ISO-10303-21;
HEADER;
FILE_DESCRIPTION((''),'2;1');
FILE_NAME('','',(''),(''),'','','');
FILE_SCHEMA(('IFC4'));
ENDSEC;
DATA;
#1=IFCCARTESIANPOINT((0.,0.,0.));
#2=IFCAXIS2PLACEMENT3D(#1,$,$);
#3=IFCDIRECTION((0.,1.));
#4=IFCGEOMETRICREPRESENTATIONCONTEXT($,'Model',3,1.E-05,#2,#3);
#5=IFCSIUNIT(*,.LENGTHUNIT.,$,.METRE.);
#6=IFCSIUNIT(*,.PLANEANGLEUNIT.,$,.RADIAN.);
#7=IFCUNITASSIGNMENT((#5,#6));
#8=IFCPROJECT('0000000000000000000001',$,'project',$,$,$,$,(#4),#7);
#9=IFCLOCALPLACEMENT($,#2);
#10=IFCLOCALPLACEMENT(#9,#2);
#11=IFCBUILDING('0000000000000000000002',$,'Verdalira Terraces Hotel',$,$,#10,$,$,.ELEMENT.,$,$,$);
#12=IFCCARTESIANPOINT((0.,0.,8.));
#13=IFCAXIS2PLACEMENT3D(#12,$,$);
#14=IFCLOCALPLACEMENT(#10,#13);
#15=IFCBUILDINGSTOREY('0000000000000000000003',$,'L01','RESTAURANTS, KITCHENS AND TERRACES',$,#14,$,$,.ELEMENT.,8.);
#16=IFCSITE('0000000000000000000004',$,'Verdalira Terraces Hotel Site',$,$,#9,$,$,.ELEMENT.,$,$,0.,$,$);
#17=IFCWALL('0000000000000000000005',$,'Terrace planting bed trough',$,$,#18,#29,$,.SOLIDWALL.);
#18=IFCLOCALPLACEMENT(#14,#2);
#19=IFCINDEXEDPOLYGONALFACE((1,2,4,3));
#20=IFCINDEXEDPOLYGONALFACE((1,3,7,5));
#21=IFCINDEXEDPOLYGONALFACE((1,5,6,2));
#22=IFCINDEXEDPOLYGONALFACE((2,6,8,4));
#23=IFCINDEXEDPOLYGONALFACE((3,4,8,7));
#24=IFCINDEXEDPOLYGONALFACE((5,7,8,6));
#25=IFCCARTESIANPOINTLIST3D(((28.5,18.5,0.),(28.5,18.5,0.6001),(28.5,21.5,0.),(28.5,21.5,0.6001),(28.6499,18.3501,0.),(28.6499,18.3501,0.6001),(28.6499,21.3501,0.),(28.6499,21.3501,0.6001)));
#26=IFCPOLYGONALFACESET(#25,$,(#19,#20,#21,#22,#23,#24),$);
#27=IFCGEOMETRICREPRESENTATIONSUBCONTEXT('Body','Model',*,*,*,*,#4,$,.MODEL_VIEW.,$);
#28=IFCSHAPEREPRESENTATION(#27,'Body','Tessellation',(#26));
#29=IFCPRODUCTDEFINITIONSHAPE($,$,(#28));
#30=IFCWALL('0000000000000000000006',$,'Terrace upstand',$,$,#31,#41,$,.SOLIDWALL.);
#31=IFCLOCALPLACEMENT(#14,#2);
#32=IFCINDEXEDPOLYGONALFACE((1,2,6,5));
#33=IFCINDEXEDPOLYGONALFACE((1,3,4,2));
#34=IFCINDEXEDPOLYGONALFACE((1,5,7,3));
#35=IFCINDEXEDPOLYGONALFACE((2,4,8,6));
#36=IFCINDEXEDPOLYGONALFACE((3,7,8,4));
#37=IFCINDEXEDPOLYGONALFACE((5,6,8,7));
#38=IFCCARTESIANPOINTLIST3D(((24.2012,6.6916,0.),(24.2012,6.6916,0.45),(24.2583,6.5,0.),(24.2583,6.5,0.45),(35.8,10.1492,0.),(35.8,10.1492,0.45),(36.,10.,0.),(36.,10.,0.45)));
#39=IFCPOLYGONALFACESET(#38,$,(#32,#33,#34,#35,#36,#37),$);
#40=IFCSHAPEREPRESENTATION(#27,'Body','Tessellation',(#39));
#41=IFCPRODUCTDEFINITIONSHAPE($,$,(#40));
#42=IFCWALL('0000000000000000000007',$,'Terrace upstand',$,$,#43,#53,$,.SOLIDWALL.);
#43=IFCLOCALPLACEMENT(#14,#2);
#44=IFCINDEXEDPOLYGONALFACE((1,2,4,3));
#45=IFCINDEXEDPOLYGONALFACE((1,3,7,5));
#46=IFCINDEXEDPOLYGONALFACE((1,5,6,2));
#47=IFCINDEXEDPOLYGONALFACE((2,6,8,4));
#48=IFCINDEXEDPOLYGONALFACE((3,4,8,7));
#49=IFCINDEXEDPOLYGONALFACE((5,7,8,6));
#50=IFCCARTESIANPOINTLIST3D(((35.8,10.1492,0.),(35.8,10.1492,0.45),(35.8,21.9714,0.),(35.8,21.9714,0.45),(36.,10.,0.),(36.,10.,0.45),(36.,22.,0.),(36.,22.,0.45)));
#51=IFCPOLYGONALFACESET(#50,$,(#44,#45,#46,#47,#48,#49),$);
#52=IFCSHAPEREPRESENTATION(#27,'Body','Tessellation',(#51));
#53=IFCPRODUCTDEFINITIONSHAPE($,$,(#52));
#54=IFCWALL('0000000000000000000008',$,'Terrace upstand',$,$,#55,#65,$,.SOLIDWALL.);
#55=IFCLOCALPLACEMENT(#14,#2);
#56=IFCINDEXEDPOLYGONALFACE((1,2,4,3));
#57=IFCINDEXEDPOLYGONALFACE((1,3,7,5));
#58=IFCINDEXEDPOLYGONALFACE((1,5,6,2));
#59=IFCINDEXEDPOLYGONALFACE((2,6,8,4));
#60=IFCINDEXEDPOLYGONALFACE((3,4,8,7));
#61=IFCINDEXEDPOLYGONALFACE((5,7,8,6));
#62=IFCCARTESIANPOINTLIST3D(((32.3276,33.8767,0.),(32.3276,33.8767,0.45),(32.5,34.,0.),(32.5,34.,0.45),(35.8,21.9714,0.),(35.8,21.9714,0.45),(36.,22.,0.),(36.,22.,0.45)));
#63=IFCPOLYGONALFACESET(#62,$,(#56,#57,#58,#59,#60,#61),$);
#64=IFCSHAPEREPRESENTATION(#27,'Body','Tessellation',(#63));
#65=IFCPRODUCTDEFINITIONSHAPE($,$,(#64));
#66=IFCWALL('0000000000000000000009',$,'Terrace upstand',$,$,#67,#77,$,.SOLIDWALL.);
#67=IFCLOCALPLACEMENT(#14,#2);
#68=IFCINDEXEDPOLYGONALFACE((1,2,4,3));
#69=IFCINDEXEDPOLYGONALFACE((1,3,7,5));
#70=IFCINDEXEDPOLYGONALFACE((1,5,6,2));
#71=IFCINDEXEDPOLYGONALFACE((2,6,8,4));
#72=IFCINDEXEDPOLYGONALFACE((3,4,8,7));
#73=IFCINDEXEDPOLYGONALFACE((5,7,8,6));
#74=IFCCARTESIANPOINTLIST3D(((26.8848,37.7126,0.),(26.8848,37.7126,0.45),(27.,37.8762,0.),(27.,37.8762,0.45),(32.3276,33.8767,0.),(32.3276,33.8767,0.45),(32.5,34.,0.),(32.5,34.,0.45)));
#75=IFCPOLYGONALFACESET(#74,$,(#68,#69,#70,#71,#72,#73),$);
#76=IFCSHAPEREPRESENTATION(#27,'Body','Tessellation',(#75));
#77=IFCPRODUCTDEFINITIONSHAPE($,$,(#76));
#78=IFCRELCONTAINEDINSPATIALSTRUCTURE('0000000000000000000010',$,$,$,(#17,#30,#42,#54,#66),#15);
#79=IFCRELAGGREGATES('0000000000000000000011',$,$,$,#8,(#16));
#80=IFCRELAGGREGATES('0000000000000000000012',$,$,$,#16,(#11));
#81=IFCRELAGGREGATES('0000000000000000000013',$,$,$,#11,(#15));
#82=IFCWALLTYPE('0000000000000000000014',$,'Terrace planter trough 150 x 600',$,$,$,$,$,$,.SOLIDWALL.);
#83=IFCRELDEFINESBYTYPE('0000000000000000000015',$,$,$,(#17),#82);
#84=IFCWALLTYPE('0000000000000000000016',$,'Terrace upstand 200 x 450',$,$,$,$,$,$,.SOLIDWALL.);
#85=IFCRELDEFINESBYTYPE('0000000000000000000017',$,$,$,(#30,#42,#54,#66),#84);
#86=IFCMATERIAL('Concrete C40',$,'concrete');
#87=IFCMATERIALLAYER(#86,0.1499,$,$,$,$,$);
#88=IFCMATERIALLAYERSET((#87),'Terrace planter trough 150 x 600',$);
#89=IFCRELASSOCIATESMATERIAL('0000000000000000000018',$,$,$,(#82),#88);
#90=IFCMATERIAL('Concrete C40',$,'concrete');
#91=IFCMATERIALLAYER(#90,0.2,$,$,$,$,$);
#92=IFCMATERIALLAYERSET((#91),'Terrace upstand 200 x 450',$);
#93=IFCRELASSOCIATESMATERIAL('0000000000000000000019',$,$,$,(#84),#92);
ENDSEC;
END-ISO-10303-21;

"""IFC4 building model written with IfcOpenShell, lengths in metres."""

from ifc_helpers import new_model, si_unit, direction, frame, origin, place, context, subcontext, project, spatial, polyline, outline, extrude, material, layer, layer_set, type_object, element, save


model = new_model("IFC4")

# Units and contexts
model_context = context("Model", 3, precision=1e-05, world=origin(), true_north=direction((0.0, 1.0)))
body_context = subcontext(model_context, "Body", "Model", "MODEL_VIEW")
ifc_project = project(units=[si_unit("LENGTHUNIT", "METRE"), si_unit("PLANEANGLEUNIT", "RADIAN")], contexts=[model_context])

# Site, building, storey
site_placement = place(None, origin())
site = spatial("IfcSite", under=ifc_project, at=site_placement, Name="Verdalira Terraces Hotel Site", CompositionType="ELEMENT", RefElevation=0.0)
building_placement = place(site_placement, origin())
building = spatial("IfcBuilding", under=site, at=building_placement, Name="Verdalira Terraces Hotel", CompositionType="ELEMENT")
storey_placement = place(building_placement, frame((0.0, 0.0, 8.0)))
storey = spatial("IfcBuildingStorey", under=building, at=storey_placement, Name="L01", Description="RESTAURANTS, KITCHENS AND TERRACES", CompositionType="ELEMENT", Elevation=8.0)

# Walls
ifc_material_1 = material(Name="Concrete C40", Category="concrete")
ifc_layer_1 = layer(ifc_material_1, 0.1499)
ifc_layer_set_1 = layer_set([ifc_layer_1], Name="Terrace planter trough 150 x 600")
wall_type_1 = type_object("IfcWallType", Name="Terrace planter trough 150 x 600", PredefinedType="SOLIDWALL", material=ifc_layer_set_1)
wall_1_placement = place(storey_placement, origin())
element("IfcWall", 1, at=wall_1_placement, inside=storey, type_object=wall_type_1, Name="Terrace planting bed trough", PredefinedType="SOLIDWALL", context=body_context, shape_type="SweptSolid", body=[
    extrude(outline(polyline([(28.5, 21.5), (28.5, 18.5), (28.6499, 18.3501), (28.6499, 21.3501), (28.5, 21.5)])), origin(), (0.0, 0.0, 1.0), 0.6001),
])
ifc_material_2 = material(Name="Concrete C40", Category="concrete")
ifc_layer_2 = layer(ifc_material_2, 0.2)
ifc_layer_set_2 = layer_set([ifc_layer_2], Name="Terrace upstand 200 x 450")
wall_type_2 = type_object("IfcWallType", Name="Terrace upstand 200 x 450", PredefinedType="SOLIDWALL", material=ifc_layer_set_2)
wall_2_placement = place(storey_placement, origin())
element("IfcWall", 2, at=wall_2_placement, inside=storey, type_object=wall_type_2, Name="Terrace upstand", PredefinedType="SOLIDWALL", context=body_context, shape_type="SweptSolid", body=[
    extrude(outline(polyline([(24.2012, 6.6917), (24.2583, 6.5), (36.0, 10.0), (35.8, 10.1492), (24.2012, 6.6917)])), origin(), (0.0, 0.0, 1.0), 0.45),
])
wall_3_placement = place(storey_placement, origin())
element("IfcWall", 3, at=wall_3_placement, inside=storey, type_object=wall_type_2, Name="Terrace upstand", PredefinedType="SOLIDWALL", context=body_context, shape_type="SweptSolid", body=[
    extrude(outline(polyline([(35.8, 10.1492), (36.0, 10.0), (36.0, 22.0), (35.8, 21.9714), (35.8, 10.1492)])), origin(), (0.0, 0.0, 1.0), 0.45),
])
wall_4_placement = place(storey_placement, origin())
element("IfcWall", 4, at=wall_4_placement, inside=storey, type_object=wall_type_2, Name="Terrace upstand", PredefinedType="SOLIDWALL", context=body_context, shape_type="SweptSolid", body=[
    extrude(outline(polyline([(35.8, 21.9714), (36.0, 22.0), (32.5, 34.0), (32.3276, 33.8767), (35.8, 21.9714)])), origin(), (0.0, 0.0, 1.0), 0.45),
])
wall_5_placement = place(storey_placement, origin())
element("IfcWall", 5, at=wall_5_placement, inside=storey, type_object=wall_type_2, Name="Terrace upstand", PredefinedType="SOLIDWALL", context=body_context, shape_type="SweptSolid", body=[
    extrude(outline(polyline([(32.3276, 33.8767), (32.5, 34.0), (27.0, 37.8762), (26.8848, 37.7126), (32.3276, 33.8767)])), origin(), (0.0, 0.0, 1.0), 0.45),
])

save(model, "model.ifc")
